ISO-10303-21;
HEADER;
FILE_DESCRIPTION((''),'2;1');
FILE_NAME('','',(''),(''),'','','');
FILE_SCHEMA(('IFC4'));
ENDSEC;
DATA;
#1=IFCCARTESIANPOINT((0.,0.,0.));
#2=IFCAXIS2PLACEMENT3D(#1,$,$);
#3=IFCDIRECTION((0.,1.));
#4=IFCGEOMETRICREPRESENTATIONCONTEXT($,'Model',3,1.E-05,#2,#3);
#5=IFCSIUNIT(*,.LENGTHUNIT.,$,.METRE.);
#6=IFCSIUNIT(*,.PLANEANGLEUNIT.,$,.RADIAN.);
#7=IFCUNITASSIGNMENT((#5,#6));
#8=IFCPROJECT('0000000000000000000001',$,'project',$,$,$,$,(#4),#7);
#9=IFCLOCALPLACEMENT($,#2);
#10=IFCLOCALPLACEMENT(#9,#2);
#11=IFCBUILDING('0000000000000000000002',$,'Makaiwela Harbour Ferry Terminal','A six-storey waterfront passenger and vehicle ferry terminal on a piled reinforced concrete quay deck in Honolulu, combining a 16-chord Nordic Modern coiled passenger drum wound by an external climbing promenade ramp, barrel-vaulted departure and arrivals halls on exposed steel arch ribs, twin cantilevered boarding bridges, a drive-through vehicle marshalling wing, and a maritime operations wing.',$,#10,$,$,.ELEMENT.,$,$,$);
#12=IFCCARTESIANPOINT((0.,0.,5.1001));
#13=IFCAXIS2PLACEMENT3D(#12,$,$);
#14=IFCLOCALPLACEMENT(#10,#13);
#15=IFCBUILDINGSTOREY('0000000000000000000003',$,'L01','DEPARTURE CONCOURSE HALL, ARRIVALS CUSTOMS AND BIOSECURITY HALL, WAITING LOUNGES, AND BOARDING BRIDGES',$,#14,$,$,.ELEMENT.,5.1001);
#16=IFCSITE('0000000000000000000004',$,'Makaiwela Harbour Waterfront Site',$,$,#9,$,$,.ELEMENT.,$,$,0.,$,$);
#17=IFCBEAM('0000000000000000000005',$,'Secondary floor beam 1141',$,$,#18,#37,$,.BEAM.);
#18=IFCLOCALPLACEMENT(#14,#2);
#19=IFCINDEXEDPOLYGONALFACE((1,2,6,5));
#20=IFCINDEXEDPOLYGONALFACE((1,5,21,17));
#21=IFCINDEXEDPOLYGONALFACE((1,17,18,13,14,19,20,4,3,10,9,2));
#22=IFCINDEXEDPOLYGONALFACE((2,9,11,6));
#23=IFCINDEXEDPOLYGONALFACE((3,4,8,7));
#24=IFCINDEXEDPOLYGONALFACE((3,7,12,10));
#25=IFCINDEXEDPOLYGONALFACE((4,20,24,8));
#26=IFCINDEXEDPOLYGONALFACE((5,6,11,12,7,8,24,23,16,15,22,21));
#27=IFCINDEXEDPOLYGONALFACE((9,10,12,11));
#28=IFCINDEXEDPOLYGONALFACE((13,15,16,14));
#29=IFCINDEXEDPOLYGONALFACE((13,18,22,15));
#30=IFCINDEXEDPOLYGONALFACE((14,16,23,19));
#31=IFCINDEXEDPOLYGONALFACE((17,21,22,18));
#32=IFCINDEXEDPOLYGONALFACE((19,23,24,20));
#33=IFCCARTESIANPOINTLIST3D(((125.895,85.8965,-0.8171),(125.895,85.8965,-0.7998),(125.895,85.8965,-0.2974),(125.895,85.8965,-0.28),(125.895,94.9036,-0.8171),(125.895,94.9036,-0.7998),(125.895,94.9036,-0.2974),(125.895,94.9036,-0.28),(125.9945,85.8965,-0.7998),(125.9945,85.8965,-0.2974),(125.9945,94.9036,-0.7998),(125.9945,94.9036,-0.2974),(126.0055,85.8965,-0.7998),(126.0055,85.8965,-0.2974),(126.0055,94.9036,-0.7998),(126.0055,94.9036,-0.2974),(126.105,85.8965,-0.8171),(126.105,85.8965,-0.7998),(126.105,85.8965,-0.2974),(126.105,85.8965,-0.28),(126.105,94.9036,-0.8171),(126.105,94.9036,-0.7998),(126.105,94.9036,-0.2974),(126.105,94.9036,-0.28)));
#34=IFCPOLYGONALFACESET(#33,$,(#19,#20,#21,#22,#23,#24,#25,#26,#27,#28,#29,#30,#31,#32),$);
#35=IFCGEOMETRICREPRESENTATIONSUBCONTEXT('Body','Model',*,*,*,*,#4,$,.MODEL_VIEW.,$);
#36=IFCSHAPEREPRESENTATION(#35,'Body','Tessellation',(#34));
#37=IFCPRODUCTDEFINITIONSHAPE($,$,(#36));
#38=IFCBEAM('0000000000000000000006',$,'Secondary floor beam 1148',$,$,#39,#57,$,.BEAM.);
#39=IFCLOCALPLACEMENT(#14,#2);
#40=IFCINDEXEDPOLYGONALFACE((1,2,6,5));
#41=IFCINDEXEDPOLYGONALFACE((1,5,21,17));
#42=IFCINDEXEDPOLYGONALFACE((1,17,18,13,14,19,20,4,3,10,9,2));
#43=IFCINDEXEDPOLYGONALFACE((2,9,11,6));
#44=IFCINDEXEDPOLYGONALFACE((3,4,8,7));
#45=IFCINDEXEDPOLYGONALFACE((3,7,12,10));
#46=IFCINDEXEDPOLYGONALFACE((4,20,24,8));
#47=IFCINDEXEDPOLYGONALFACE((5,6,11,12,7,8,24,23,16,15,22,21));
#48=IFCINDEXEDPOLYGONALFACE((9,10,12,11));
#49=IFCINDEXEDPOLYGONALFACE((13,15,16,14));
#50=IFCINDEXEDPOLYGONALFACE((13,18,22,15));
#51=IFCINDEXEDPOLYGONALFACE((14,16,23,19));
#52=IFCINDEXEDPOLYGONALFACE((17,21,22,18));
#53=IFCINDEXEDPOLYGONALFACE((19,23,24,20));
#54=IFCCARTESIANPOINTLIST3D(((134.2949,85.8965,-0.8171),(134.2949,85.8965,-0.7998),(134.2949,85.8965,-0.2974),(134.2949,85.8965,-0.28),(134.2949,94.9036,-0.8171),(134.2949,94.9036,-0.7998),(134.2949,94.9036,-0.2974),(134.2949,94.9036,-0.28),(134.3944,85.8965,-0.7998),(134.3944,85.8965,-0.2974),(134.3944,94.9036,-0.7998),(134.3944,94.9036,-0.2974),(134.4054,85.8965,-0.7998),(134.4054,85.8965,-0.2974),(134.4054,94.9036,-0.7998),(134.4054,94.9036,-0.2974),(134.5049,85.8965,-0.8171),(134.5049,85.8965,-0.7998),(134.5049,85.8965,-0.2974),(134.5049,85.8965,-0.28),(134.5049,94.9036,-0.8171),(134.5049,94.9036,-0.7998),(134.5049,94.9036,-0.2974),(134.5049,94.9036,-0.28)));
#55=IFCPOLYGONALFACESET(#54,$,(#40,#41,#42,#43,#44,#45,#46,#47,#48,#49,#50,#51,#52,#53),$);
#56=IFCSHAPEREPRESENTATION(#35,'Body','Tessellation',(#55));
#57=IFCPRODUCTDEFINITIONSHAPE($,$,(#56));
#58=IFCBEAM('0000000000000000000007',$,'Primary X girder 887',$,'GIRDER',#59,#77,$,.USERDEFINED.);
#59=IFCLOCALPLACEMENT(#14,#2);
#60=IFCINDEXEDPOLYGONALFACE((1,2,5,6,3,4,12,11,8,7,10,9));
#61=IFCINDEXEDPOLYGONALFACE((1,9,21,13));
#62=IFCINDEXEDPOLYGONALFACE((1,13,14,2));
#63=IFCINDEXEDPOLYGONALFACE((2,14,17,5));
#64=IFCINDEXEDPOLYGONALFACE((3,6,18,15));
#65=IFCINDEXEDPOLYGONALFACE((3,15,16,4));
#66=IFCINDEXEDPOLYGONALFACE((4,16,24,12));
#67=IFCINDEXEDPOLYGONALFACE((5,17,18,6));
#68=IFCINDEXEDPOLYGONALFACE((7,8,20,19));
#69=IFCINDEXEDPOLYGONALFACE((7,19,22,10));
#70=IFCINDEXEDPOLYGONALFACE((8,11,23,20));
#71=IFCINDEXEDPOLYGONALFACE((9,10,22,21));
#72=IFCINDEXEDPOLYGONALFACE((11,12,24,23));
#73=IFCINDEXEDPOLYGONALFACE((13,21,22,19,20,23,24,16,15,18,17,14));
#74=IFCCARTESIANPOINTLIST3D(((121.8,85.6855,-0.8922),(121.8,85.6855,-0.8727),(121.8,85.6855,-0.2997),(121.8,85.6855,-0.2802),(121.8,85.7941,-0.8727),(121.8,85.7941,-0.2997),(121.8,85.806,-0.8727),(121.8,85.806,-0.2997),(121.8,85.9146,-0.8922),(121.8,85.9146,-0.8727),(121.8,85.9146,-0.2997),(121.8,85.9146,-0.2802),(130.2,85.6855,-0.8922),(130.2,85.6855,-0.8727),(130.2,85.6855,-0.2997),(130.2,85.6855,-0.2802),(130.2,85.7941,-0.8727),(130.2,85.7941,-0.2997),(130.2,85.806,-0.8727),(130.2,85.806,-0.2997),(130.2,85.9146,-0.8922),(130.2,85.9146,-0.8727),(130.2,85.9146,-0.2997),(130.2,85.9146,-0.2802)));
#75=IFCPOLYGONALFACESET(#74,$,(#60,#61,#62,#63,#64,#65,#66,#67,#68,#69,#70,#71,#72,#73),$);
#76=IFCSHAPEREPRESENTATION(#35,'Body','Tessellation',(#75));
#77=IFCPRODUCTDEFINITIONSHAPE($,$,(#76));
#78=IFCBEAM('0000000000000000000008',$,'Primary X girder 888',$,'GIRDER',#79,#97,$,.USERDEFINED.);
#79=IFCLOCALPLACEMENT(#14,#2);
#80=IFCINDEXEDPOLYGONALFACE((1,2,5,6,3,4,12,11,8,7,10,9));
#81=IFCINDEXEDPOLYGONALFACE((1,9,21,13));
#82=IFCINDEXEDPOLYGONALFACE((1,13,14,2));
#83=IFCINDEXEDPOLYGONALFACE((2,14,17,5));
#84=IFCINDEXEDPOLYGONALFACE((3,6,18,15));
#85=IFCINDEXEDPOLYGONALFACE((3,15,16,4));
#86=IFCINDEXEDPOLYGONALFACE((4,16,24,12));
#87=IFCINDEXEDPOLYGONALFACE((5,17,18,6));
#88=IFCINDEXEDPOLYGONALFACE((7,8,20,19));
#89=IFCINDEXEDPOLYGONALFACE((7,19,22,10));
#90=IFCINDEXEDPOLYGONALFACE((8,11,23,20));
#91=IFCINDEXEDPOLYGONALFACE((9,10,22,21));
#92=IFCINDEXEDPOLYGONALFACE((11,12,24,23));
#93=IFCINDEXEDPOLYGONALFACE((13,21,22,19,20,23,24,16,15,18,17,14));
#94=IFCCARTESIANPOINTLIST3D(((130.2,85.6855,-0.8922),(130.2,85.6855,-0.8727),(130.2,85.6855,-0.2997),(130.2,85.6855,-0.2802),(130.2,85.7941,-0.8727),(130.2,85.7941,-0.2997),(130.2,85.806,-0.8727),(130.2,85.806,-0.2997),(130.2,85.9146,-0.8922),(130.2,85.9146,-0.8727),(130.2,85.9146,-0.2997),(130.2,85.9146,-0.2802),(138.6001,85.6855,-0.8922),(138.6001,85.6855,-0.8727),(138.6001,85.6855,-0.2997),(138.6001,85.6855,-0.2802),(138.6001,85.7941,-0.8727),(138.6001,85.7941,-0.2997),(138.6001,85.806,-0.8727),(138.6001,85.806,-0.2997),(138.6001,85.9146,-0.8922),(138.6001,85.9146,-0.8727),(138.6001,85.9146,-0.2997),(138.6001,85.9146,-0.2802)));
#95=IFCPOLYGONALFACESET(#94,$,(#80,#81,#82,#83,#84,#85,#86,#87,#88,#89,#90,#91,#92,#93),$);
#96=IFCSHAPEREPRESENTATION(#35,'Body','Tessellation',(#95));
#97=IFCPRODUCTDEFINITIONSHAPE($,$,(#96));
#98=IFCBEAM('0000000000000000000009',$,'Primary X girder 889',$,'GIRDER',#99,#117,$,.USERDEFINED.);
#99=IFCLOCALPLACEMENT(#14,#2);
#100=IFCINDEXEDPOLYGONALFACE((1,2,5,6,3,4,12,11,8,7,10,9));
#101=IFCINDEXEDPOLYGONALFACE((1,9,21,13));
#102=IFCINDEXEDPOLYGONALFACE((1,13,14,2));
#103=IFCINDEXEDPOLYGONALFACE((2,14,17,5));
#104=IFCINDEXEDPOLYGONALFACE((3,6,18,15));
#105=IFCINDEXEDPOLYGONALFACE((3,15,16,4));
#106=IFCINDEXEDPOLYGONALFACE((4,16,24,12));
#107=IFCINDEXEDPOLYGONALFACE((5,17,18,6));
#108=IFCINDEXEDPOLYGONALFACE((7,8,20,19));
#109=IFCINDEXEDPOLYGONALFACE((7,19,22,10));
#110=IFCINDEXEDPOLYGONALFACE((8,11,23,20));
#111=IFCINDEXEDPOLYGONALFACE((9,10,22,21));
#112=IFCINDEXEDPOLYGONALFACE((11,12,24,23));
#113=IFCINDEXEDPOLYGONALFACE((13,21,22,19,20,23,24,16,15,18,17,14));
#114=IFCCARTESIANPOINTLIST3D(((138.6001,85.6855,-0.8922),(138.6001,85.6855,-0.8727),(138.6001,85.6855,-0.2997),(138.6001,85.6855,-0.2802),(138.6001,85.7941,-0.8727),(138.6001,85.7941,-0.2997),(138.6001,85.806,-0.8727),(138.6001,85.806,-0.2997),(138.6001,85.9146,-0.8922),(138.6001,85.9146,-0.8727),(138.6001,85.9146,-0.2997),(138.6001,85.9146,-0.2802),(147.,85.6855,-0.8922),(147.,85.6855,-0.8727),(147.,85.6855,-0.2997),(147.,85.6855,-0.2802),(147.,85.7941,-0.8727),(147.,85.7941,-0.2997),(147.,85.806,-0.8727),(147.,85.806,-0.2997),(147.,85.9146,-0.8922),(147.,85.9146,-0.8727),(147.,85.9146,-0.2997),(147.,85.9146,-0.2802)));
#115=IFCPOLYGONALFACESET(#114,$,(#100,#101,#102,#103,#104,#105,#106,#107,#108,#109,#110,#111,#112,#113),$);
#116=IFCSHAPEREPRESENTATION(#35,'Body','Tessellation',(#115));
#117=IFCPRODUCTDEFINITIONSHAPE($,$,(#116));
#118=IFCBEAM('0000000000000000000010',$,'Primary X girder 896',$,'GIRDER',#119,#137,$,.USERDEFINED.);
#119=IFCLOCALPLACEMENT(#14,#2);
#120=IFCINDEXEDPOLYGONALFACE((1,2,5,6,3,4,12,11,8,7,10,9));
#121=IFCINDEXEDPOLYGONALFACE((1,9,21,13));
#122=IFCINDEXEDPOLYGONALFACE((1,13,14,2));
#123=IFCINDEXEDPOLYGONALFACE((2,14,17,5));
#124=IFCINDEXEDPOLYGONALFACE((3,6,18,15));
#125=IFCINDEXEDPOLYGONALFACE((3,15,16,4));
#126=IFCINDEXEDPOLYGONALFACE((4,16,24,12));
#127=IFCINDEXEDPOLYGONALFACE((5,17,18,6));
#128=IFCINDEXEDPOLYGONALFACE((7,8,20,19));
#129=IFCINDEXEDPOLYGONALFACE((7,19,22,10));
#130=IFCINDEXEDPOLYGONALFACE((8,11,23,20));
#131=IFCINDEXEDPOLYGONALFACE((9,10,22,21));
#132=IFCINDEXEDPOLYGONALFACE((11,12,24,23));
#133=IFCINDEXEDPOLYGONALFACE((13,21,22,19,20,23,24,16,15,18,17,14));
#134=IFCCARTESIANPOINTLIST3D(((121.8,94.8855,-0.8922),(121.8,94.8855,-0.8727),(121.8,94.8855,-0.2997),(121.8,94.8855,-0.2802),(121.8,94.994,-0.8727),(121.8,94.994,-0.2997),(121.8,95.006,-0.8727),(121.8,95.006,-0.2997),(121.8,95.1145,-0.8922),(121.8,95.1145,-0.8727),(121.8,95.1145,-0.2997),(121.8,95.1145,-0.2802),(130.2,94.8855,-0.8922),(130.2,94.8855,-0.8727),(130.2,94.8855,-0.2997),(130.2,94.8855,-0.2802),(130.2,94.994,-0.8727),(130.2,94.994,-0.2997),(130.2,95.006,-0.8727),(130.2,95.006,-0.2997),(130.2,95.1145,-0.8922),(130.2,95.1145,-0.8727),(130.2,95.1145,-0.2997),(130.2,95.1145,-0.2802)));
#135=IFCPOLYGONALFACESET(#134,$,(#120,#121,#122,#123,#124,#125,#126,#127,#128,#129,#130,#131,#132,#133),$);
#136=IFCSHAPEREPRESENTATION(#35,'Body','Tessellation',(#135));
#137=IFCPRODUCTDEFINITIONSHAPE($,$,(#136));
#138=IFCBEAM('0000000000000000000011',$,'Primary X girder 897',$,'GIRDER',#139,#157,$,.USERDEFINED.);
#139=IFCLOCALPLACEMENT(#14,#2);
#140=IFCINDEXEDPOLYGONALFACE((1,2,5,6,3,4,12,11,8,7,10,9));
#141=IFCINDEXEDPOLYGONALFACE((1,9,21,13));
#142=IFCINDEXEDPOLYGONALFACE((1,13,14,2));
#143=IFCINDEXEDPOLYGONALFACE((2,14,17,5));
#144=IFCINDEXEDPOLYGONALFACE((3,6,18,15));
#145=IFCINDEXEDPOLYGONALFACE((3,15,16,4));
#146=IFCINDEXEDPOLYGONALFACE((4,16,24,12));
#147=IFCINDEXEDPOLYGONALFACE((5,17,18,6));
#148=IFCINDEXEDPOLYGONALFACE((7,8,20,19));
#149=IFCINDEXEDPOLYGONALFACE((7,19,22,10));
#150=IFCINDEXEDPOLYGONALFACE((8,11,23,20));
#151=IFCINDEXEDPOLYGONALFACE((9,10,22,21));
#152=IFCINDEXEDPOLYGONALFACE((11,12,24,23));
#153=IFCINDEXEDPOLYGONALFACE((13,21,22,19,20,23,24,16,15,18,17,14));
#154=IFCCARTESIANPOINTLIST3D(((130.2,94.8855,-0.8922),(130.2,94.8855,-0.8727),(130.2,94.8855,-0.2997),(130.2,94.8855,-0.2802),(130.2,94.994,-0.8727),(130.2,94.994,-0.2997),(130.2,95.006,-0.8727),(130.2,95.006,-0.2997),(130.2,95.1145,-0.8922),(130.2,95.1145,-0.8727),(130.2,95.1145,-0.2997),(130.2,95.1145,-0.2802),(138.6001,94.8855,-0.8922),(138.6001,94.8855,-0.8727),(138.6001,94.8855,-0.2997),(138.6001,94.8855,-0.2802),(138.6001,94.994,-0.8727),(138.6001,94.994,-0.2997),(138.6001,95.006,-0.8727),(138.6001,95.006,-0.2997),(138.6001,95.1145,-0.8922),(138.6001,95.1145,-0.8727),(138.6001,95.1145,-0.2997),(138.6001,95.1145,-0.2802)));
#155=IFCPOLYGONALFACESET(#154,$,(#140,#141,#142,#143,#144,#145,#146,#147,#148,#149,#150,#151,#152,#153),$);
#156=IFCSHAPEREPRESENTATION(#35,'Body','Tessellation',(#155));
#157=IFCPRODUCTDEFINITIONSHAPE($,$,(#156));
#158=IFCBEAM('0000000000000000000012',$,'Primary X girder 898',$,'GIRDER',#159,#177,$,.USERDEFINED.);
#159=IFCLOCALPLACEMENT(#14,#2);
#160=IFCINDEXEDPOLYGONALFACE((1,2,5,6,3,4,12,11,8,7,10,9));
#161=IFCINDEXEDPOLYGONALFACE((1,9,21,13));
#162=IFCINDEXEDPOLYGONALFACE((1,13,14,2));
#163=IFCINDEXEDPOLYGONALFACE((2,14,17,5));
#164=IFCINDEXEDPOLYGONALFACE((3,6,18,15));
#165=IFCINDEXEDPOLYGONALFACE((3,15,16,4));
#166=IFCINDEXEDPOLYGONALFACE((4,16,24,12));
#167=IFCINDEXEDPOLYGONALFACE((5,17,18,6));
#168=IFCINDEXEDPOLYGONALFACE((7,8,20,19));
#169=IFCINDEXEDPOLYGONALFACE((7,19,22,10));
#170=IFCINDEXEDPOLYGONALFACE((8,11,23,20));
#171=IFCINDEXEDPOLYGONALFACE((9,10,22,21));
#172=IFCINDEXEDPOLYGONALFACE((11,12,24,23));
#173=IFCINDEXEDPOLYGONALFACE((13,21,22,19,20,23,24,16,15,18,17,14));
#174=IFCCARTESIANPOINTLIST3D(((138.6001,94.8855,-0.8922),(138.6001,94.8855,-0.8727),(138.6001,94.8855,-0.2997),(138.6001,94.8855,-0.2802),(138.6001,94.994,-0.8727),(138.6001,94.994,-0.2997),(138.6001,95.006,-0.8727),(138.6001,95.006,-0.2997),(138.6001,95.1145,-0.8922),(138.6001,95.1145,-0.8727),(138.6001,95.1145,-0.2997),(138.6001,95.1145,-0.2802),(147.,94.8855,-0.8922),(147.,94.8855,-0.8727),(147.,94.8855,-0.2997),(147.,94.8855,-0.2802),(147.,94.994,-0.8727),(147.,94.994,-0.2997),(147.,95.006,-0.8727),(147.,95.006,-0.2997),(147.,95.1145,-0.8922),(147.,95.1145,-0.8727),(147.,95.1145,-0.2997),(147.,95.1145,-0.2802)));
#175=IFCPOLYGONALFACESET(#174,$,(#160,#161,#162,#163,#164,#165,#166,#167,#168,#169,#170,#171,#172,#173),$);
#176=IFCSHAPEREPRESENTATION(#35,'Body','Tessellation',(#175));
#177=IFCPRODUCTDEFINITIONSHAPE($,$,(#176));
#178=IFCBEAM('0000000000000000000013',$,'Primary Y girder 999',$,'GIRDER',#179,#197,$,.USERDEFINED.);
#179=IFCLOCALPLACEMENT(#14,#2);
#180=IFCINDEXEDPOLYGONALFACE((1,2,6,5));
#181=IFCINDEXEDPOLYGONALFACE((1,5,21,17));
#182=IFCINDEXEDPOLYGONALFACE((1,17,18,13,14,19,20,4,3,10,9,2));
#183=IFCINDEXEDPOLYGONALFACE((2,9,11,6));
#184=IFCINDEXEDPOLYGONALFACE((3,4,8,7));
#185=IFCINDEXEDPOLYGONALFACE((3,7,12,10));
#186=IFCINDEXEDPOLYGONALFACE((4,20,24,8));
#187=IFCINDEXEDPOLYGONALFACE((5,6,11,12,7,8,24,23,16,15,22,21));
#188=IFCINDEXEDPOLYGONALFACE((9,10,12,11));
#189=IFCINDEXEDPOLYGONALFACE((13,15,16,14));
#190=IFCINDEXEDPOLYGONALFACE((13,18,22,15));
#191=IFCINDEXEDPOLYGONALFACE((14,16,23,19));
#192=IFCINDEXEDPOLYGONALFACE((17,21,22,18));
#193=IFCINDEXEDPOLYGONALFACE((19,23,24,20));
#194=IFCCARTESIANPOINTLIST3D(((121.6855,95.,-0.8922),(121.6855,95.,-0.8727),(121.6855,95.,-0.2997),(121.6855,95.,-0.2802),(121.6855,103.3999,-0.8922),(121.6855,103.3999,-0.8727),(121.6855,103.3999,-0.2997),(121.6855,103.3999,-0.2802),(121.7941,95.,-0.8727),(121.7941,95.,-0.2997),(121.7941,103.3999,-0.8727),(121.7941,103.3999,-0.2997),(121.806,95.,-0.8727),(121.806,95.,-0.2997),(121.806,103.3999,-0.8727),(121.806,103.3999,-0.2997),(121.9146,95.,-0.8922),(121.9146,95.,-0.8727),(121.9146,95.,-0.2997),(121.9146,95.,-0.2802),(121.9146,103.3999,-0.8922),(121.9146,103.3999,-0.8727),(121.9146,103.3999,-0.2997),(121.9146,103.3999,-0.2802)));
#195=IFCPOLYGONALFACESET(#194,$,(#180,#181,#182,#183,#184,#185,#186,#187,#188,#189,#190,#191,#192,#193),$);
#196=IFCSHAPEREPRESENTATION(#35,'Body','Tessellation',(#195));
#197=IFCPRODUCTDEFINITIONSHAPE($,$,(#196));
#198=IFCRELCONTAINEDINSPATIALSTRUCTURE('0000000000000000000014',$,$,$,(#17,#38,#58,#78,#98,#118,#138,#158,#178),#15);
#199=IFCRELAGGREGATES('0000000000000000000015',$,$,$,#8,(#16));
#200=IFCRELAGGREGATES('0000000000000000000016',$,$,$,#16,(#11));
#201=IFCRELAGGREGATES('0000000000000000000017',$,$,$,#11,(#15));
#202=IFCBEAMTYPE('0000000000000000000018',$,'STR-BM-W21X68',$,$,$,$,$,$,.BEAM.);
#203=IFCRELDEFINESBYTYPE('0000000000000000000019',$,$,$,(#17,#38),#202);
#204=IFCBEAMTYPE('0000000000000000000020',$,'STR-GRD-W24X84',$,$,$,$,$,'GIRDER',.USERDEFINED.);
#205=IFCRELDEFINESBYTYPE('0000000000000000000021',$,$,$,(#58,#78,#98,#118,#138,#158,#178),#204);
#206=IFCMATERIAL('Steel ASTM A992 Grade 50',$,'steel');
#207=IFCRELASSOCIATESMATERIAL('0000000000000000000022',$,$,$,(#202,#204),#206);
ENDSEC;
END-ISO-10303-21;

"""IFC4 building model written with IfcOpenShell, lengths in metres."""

from ifc_helpers import new_model, si_unit, direction, frame, origin, origin_2d, place, context, subcontext, project, spatial, i_section, extrude, material, material_profile, profile_set, type_object, element, save


model = new_model("IFC4")

# Units and contexts
model_context = context("Model", 3, precision=1e-05, world=origin(), true_north=direction((0.0, 1.0)))
body_context = subcontext(model_context, "Body", "Model", "MODEL_VIEW")
ifc_project = project(units=[si_unit("LENGTHUNIT", "METRE"), si_unit("PLANEANGLEUNIT", "RADIAN")], contexts=[model_context])

# Site, building, storey
site_placement = place(None, origin())
site = spatial("IfcSite", under=ifc_project, at=site_placement, Name="Makaiwela Harbour Waterfront Site", CompositionType="ELEMENT", RefElevation=0.0)
building_placement = place(site_placement, origin())
building = spatial("IfcBuilding", under=site, at=building_placement, Name="Makaiwela Harbour Ferry Terminal", Description="A six-storey waterfront passenger and vehicle ferry terminal on a piled reinforced concrete quay deck in Honolulu, combining a 16-chord Nordic Modern coiled passenger drum wound by an external climbing promenade ramp, barrel-vaulted departure and arrivals halls on exposed steel arch ribs, twin cantilevered boarding bridges, a drive-through vehicle marshalling wing, and a maritime operations wing.", CompositionType="ELEMENT")
storey_placement = place(building_placement, frame((0.0, 0.0, 5.1001)))
storey = spatial("IfcBuildingStorey", under=building, at=storey_placement, Name="L01", Description="DEPARTURE CONCOURSE HALL, ARRIVALS CUSTOMS AND BIOSECURITY HALL, WAITING LOUNGES, AND BOARDING BRIDGES", CompositionType="ELEMENT", Elevation=5.1001)

# Shared definitions
ifc_material_1 = material(Name="Steel ASTM A992 Grade 50", Category="steel")

# Beams
ifc_material_profile_1 = material_profile(ifc_material_1, i_section(OverallWidth=0.21, OverallDepth=0.5371, WebThickness=0.011, FlangeThickness=0.0173, at=origin_2d()), Name="W21X68")
ifc_profile_set_1 = profile_set([ifc_material_profile_1], Name="Steel ASTM A992 Grade 50")
beam_type_1 = type_object("IfcBeamType", Name="STR-BM-W21X68", PredefinedType="BEAM", material=ifc_profile_set_1)
for number, where, z_axis, x_axis, name in (
    (1, (126.0, 85.8965, -0.5486), (0.0, 1.0, 0.0), (-1.0, 0.0, 0.0), "Secondary floor beam 1141"),
    (2, (134.3999, 85.8965, -0.5486), (0.0, 1.0, 0.0), (-1.0, 0.0, 0.0), "Secondary floor beam 1148"),
):
    element("IfcBeam", number, at=place(storey_placement, frame(where, z_axis=z_axis, x_axis=x_axis)), inside=storey, type_object=beam_type_1, Name=name, PredefinedType="BEAM", context=body_context, shape_type="SweptSolid", body=[
        extrude(i_section(OverallWidth=0.21, OverallDepth=0.5371, WebThickness=0.011, FlangeThickness=0.0173, at=origin_2d()), origin(), (0.0, 0.0, 1.0), 9.0071),
    ])
ifc_material_profile_2 = material_profile(ifc_material_1, i_section(OverallWidth=0.229, OverallDepth=0.6121, WebThickness=0.012, FlangeThickness=0.0195, at=origin_2d()), Name="W24X84")
ifc_profile_set_2 = profile_set([ifc_material_profile_2], Name="Steel ASTM A992 Grade 50")
beam_type_2 = type_object("IfcBeamType", Name="STR-GRD-W24X84", ElementType="GIRDER", PredefinedType="USERDEFINED", material=ifc_profile_set_2)
beam_1_placement = place(storey_placement, frame((121.8, 85.8, -0.5862), z_axis=(1.0, 0.0, 0.0), x_axis=(0.0, 1.0, 0.0)))
element("IfcBeam", 3, at=beam_1_placement, inside=storey, type_object=beam_type_2, Name="Primary X girder 887", ObjectType="GIRDER", PredefinedType="USERDEFINED", context=body_context, shape_type="SweptSolid", body=[
    extrude(i_section(OverallWidth=0.229, OverallDepth=0.6121, WebThickness=0.012, FlangeThickness=0.0195, at=origin_2d()), origin(), (0.0, 0.0, 1.0), 8.3999),
])
beam_2_placement = place(storey_placement, frame((130.2, 85.8, -0.5862), z_axis=(1.0, 0.0, 0.0), x_axis=(0.0, 1.0, 0.0)))
element("IfcBeam", 4, at=beam_2_placement, inside=storey, type_object=beam_type_2, Name="Primary X girder 888", ObjectType="GIRDER", PredefinedType="USERDEFINED", context=body_context, shape_type="SweptSolid", body=[
    extrude(i_section(OverallWidth=0.229, OverallDepth=0.6121, WebThickness=0.012, FlangeThickness=0.0195, at=origin_2d()), origin(), (0.0, 0.0, 1.0), 8.4001),
])
for number, where, z_axis, x_axis, name in (
    (5, (138.6001, 85.8, -0.5862), (1.0, 0.0, 0.0), (0.0, 1.0, 0.0), "Primary X girder 889"),
    (6, (121.8, 95.0, -0.5862), (1.0, 0.0, 0.0), (0.0, 1.0, 0.0), "Primary X girder 896"),
):
    element("IfcBeam", number, at=place(storey_placement, frame(where, z_axis=z_axis, x_axis=x_axis)), inside=storey, type_object=beam_type_2, Name=name, ObjectType="GIRDER", PredefinedType="USERDEFINED", context=body_context, shape_type="SweptSolid", body=[
        extrude(i_section(OverallWidth=0.229, OverallDepth=0.6121, WebThickness=0.012, FlangeThickness=0.0195, at=origin_2d()), origin(), (0.0, 0.0, 1.0), 8.3999),
    ])
beam_3_placement = place(storey_placement, frame((130.2, 95.0, -0.5862), z_axis=(1.0, 0.0, 0.0), x_axis=(0.0, 1.0, 0.0)))
element("IfcBeam", 7, at=beam_3_placement, inside=storey, type_object=beam_type_2, Name="Primary X girder 897", ObjectType="GIRDER", PredefinedType="USERDEFINED", context=body_context, shape_type="SweptSolid", body=[
    extrude(i_section(OverallWidth=0.229, OverallDepth=0.6121, WebThickness=0.012, FlangeThickness=0.0195, at=origin_2d()), origin(), (0.0, 0.0, 1.0), 8.4001),
])
for number, where, z_axis, x_axis, name in (
    (8, (138.6001, 95.0, -0.5862), (1.0, 0.0, 0.0), (0.0, 1.0, 0.0), "Primary X girder 898"),
    (9, (121.8, 95.0, -0.5862), (0.0, 1.0, 0.0), (-1.0, 0.0, 0.0), "Primary Y girder 999"),
):
    element("IfcBeam", number, at=place(storey_placement, frame(where, z_axis=z_axis, x_axis=x_axis)), inside=storey, type_object=beam_type_2, Name=name, ObjectType="GIRDER", PredefinedType="USERDEFINED", context=body_context, shape_type="SweptSolid", body=[
        extrude(i_section(OverallWidth=0.229, OverallDepth=0.6121, WebThickness=0.012, FlangeThickness=0.0195, at=origin_2d()), origin(), (0.0, 0.0, 1.0), 8.3999),
    ])

save(model, "model.ifc")
